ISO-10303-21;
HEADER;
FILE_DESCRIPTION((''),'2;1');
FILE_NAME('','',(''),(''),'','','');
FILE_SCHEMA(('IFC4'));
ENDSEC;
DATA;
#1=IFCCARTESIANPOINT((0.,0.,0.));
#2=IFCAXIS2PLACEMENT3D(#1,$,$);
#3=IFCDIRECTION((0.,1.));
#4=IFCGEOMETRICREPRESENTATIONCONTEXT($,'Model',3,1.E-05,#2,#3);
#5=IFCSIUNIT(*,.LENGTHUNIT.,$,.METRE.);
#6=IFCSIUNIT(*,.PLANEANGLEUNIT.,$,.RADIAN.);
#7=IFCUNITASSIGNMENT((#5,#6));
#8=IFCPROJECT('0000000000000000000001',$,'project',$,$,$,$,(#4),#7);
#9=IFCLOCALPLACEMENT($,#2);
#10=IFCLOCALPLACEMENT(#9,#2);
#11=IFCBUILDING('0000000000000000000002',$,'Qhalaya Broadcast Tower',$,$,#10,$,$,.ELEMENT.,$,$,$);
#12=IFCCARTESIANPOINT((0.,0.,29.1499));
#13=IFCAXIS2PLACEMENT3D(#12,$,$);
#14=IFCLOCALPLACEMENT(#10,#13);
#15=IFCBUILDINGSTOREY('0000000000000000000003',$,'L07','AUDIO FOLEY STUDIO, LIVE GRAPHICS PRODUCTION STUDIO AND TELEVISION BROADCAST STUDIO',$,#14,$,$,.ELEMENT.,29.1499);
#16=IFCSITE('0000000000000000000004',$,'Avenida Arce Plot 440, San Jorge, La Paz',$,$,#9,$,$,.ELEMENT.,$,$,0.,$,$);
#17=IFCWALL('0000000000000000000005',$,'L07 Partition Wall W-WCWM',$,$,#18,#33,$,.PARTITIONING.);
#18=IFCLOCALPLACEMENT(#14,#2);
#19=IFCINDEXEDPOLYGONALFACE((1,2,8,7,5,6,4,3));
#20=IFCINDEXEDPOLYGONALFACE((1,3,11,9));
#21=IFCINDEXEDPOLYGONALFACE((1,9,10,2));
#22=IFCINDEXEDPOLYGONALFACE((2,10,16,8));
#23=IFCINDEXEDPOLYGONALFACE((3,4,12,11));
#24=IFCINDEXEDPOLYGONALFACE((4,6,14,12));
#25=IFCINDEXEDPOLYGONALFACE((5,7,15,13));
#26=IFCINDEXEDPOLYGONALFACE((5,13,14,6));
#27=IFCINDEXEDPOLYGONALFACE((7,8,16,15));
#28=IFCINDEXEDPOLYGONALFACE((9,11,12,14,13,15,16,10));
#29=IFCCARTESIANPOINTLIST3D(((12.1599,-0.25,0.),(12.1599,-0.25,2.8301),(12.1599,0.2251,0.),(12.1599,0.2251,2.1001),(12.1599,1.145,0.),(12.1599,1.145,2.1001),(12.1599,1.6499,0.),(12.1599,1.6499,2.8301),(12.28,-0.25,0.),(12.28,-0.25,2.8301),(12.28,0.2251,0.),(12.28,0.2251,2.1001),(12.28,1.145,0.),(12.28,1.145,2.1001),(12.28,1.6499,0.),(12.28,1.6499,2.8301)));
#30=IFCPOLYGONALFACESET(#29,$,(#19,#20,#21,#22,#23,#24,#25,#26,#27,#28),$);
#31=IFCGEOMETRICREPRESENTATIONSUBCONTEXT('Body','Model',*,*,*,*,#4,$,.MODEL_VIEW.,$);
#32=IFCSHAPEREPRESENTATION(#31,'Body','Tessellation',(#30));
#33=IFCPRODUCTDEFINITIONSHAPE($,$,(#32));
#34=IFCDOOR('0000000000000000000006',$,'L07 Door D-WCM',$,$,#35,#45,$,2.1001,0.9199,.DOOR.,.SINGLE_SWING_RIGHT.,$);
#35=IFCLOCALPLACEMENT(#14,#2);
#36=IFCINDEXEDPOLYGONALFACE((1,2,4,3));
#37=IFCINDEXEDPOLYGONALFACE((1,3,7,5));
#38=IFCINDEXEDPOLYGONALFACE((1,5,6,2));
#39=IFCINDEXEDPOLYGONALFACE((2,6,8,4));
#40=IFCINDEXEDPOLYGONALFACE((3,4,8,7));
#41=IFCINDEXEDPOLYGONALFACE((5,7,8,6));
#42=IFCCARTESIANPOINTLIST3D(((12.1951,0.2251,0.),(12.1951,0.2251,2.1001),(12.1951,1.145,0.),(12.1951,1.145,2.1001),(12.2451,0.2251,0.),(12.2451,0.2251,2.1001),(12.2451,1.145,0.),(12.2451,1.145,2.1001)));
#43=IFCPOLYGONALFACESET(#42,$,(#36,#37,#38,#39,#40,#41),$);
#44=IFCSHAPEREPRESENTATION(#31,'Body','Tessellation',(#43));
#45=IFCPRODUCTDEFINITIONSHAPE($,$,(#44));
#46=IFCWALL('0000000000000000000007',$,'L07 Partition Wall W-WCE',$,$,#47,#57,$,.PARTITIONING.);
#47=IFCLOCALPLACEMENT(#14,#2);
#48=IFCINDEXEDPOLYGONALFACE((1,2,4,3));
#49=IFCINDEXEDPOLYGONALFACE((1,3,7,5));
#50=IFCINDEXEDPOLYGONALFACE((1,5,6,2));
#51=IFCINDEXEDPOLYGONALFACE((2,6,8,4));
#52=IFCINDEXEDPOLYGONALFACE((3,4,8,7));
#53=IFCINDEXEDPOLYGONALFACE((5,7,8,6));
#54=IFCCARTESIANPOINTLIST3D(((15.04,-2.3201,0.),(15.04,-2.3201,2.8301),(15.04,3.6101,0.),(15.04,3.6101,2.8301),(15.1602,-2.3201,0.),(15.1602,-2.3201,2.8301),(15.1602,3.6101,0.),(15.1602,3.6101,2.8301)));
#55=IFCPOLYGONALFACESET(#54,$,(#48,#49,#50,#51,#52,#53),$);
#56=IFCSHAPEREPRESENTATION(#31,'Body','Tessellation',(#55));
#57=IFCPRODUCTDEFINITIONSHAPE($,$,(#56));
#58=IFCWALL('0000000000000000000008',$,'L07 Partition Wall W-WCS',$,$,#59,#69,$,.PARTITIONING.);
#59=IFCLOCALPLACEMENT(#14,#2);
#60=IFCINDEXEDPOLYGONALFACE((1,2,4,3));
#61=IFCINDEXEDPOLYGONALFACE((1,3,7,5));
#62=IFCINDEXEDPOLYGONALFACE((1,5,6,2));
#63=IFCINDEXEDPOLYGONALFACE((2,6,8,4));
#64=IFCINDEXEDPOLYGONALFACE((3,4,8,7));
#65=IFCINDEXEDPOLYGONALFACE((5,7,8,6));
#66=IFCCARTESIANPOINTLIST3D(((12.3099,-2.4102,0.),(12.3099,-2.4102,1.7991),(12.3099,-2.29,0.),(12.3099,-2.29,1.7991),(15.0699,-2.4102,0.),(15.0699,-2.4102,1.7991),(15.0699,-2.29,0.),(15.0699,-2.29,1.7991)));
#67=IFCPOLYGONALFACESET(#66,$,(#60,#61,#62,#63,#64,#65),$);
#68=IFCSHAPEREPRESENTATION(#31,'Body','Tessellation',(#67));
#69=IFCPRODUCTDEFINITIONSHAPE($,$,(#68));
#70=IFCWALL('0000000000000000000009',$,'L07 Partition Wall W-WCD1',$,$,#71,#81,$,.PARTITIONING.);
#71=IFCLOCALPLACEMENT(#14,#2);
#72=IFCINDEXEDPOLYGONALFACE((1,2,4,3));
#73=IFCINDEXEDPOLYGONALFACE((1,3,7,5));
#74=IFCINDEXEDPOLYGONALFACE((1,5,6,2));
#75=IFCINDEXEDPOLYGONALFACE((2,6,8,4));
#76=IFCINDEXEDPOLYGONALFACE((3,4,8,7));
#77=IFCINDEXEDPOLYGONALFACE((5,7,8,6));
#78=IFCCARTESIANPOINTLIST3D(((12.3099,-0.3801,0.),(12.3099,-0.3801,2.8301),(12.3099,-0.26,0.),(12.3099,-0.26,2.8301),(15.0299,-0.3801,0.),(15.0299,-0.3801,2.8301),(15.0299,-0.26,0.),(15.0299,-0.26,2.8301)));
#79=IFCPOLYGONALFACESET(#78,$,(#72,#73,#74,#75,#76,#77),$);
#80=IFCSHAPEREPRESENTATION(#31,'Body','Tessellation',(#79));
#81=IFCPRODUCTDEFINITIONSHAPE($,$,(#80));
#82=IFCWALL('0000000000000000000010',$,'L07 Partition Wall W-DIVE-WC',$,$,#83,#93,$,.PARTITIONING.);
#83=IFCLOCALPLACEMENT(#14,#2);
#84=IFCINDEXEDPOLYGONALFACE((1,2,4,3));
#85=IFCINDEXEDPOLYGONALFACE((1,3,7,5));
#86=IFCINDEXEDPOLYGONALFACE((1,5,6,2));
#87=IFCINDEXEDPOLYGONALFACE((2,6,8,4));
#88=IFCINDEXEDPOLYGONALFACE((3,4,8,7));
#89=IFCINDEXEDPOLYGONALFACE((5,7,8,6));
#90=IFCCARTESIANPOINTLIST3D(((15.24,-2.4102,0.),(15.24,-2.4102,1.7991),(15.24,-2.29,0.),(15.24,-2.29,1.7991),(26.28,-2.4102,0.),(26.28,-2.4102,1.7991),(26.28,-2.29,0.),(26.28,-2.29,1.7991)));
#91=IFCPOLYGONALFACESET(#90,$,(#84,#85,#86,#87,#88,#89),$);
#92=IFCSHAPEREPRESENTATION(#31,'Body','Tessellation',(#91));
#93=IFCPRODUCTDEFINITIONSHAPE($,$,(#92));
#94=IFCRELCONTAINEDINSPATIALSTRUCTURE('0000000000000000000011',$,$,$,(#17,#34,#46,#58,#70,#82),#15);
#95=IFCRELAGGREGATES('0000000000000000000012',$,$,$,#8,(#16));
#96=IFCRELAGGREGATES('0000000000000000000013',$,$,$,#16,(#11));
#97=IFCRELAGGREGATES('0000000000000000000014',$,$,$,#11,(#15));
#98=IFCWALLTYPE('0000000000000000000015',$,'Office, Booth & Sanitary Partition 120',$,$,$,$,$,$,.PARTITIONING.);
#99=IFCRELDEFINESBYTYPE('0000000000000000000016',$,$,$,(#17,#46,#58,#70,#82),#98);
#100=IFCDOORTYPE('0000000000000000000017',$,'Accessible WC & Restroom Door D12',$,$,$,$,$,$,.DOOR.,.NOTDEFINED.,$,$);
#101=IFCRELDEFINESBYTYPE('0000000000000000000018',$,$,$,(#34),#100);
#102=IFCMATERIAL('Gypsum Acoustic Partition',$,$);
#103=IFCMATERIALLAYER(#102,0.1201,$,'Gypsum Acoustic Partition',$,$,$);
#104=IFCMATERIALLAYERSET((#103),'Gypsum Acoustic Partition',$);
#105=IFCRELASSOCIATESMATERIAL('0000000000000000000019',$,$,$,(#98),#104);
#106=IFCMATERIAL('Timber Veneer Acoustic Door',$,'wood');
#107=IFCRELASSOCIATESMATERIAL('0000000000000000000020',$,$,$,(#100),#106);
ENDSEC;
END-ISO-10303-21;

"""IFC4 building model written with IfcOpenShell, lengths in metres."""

from ifc_helpers import new_model, si_unit, direction, frame, frame_2d, origin, place, context, subcontext, project, spatial, rectangle, extrude, material, layer, layer_set, type_object, element, fill, save


model = new_model("IFC4")

# Units and contexts
model_context = context("Model", 3, precision=1e-05, world=origin(), true_north=direction((0.0, 1.0)))
body_context = subcontext(model_context, "Body", "Model", "MODEL_VIEW")
ifc_project = project(units=[si_unit("LENGTHUNIT", "METRE"), si_unit("PLANEANGLEUNIT", "RADIAN")], contexts=[model_context])

# Site, building, storey
site_placement = place(None, origin())
site = spatial("IfcSite", under=ifc_project, at=site_placement, Name="Avenida Arce Plot 440, San Jorge, La Paz", CompositionType="ELEMENT", RefElevation=0.0)
building_placement = place(site_placement, origin())
building = spatial("IfcBuilding", under=site, at=building_placement, Name="Qhalaya Broadcast Tower", CompositionType="ELEMENT")
storey_placement = place(building_placement, frame((0.0, 0.0, 29.1499)))
storey = spatial("IfcBuildingStorey", under=building, at=storey_placement, Name="L07", Description="AUDIO FOLEY STUDIO, LIVE GRAPHICS PRODUCTION STUDIO AND TELEVISION BROADCAST STUDIO", CompositionType="ELEMENT", Elevation=29.1499)

# Wall, opening, door
ifc_material_1 = material(Name="Gypsum Acoustic Partition")
ifc_layer = layer(ifc_material_1, 0.1201, Name="Gypsum Acoustic Partition")
ifc_layer_set = layer_set([ifc_layer], Name="Gypsum Acoustic Partition")
wall_type = type_object("IfcWallType", Name="Office, Booth & Sanitary Partition 120", PredefinedType="PARTITIONING", material=ifc_layer_set)
ifc_material_2 = material(Name="Timber Veneer Acoustic Door", Category="wood")
door_type = type_object("IfcDoorType", Name="Accessible WC & Restroom Door D12", OperationType="NOTDEFINED", PredefinedType="DOOR", material=ifc_material_2)
wall_1_placement = place(storey_placement, frame((12.22, -0.25, 0.0), z_axis=(0.0, 0.0, 1.0), x_axis=(0.0, 1.0, 0.0)))
wall_1 = element("IfcWall", 1, at=wall_1_placement, inside=storey, type_object=wall_type, Name="L07 Partition Wall W-WCWM", PredefinedType="PARTITIONING", context=body_context, shape_type="SweptSolid", body=[
    extrude(rectangle(XDim=1.8999, YDim=0.1201, at=frame_2d((0.95, 0.0))), origin(), (0.0, 0.0, 1.0), 2.8301),
])
opening_1_placement = place(wall_1_placement, frame((0.4751, 0.0, 0.0)))
opening_1 = element("IfcOpeningElement", 2, at=opening_1_placement, cuts=wall_1, PredefinedType="OPENING", context=body_context, shape_type="SweptSolid", body=[
    extrude(rectangle(XDim=0.9199, YDim=2.1001, at=frame_2d((0.46, 1.05))), frame((0.0, 0.072, 0.0), z_axis=(0.0, -1.0, 0.0), x_axis=(1.0, 0.0, 0.0)), (0.0, 0.0, 1.0), 0.144),
])
door_1_placement = place(opening_1_placement, origin())
door_1 = element("IfcDoor", 3, at=door_1_placement, inside=storey, type_object=door_type, Name="L07 Door D-WCM", OperationType="SINGLE_SWING_RIGHT", OverallHeight=2.1001, OverallWidth=0.9199, PredefinedType="DOOR", context=body_context, shape_type="SweptSolid", body=[
    extrude(rectangle(XDim=0.9199, YDim=2.1001, at=frame_2d((0.46, 1.05))), frame((0.0, 0.0249, 0.0), z_axis=(0.0, -1.0, 0.0), x_axis=(1.0, 0.0, 0.0)), (0.0, 0.0, 1.0), 0.05),
])
fill(opening_1, door_1)

# Walls
wall_2_placement = place(storey_placement, frame((15.1001, -2.3201, 0.0), z_axis=(0.0, 0.0, 1.0), x_axis=(0.0, 1.0, 0.0)))
element("IfcWall", 4, at=wall_2_placement, inside=storey, type_object=wall_type, Name="L07 Partition Wall W-WCE", PredefinedType="PARTITIONING", context=body_context, shape_type="SweptSolid", body=[
    extrude(rectangle(XDim=5.9302, YDim=0.1201, at=frame_2d((2.9651, 0.0))), origin(), (0.0, 0.0, 1.0), 2.8301),
])
wall_3_placement = place(storey_placement, frame((12.3101, -2.3501, 0.0), z_axis=(0.0, 0.0, 1.0), x_axis=(1.0, 0.0, 0.0)))
element("IfcWall", 5, at=wall_3_placement, inside=storey, type_object=wall_type, Name="L07 Partition Wall W-WCS", PredefinedType="PARTITIONING", context=body_context, shape_type="SweptSolid", body=[
    extrude(rectangle(XDim=2.76, YDim=0.1201, at=frame_2d((1.3799, 0.0))), origin(), (0.0, 0.0, 1.0), 1.7991),
])
wall_4_placement = place(storey_placement, frame((12.3101, -0.3201, 0.0), z_axis=(0.0, 0.0, 1.0), x_axis=(1.0, 0.0, 0.0)))
element("IfcWall", 6, at=wall_4_placement, inside=storey, type_object=wall_type, Name="L07 Partition Wall W-WCD1", PredefinedType="PARTITIONING", context=body_context, shape_type="SweptSolid", body=[
    extrude(rectangle(XDim=2.72, YDim=0.1201, at=frame_2d((1.3599, 0.0))), origin(), (0.0, 0.0, 1.0), 2.8301),
])
wall_5_placement = place(storey_placement, frame((15.24, -2.3501, 0.0), z_axis=(0.0, 0.0, 1.0), x_axis=(1.0, 0.0, 0.0)))
element("IfcWall", 7, at=wall_5_placement, inside=storey, type_object=wall_type, Name="L07 Partition Wall W-DIVE-WC", PredefinedType="PARTITIONING", context=body_context, shape_type="SweptSolid", body=[
    extrude(rectangle(XDim=11.04, YDim=0.1201, at=frame_2d((5.52, 0.0))), origin(), (0.0, 0.0, 1.0), 1.7991),
])

save(model, "model.ifc")
